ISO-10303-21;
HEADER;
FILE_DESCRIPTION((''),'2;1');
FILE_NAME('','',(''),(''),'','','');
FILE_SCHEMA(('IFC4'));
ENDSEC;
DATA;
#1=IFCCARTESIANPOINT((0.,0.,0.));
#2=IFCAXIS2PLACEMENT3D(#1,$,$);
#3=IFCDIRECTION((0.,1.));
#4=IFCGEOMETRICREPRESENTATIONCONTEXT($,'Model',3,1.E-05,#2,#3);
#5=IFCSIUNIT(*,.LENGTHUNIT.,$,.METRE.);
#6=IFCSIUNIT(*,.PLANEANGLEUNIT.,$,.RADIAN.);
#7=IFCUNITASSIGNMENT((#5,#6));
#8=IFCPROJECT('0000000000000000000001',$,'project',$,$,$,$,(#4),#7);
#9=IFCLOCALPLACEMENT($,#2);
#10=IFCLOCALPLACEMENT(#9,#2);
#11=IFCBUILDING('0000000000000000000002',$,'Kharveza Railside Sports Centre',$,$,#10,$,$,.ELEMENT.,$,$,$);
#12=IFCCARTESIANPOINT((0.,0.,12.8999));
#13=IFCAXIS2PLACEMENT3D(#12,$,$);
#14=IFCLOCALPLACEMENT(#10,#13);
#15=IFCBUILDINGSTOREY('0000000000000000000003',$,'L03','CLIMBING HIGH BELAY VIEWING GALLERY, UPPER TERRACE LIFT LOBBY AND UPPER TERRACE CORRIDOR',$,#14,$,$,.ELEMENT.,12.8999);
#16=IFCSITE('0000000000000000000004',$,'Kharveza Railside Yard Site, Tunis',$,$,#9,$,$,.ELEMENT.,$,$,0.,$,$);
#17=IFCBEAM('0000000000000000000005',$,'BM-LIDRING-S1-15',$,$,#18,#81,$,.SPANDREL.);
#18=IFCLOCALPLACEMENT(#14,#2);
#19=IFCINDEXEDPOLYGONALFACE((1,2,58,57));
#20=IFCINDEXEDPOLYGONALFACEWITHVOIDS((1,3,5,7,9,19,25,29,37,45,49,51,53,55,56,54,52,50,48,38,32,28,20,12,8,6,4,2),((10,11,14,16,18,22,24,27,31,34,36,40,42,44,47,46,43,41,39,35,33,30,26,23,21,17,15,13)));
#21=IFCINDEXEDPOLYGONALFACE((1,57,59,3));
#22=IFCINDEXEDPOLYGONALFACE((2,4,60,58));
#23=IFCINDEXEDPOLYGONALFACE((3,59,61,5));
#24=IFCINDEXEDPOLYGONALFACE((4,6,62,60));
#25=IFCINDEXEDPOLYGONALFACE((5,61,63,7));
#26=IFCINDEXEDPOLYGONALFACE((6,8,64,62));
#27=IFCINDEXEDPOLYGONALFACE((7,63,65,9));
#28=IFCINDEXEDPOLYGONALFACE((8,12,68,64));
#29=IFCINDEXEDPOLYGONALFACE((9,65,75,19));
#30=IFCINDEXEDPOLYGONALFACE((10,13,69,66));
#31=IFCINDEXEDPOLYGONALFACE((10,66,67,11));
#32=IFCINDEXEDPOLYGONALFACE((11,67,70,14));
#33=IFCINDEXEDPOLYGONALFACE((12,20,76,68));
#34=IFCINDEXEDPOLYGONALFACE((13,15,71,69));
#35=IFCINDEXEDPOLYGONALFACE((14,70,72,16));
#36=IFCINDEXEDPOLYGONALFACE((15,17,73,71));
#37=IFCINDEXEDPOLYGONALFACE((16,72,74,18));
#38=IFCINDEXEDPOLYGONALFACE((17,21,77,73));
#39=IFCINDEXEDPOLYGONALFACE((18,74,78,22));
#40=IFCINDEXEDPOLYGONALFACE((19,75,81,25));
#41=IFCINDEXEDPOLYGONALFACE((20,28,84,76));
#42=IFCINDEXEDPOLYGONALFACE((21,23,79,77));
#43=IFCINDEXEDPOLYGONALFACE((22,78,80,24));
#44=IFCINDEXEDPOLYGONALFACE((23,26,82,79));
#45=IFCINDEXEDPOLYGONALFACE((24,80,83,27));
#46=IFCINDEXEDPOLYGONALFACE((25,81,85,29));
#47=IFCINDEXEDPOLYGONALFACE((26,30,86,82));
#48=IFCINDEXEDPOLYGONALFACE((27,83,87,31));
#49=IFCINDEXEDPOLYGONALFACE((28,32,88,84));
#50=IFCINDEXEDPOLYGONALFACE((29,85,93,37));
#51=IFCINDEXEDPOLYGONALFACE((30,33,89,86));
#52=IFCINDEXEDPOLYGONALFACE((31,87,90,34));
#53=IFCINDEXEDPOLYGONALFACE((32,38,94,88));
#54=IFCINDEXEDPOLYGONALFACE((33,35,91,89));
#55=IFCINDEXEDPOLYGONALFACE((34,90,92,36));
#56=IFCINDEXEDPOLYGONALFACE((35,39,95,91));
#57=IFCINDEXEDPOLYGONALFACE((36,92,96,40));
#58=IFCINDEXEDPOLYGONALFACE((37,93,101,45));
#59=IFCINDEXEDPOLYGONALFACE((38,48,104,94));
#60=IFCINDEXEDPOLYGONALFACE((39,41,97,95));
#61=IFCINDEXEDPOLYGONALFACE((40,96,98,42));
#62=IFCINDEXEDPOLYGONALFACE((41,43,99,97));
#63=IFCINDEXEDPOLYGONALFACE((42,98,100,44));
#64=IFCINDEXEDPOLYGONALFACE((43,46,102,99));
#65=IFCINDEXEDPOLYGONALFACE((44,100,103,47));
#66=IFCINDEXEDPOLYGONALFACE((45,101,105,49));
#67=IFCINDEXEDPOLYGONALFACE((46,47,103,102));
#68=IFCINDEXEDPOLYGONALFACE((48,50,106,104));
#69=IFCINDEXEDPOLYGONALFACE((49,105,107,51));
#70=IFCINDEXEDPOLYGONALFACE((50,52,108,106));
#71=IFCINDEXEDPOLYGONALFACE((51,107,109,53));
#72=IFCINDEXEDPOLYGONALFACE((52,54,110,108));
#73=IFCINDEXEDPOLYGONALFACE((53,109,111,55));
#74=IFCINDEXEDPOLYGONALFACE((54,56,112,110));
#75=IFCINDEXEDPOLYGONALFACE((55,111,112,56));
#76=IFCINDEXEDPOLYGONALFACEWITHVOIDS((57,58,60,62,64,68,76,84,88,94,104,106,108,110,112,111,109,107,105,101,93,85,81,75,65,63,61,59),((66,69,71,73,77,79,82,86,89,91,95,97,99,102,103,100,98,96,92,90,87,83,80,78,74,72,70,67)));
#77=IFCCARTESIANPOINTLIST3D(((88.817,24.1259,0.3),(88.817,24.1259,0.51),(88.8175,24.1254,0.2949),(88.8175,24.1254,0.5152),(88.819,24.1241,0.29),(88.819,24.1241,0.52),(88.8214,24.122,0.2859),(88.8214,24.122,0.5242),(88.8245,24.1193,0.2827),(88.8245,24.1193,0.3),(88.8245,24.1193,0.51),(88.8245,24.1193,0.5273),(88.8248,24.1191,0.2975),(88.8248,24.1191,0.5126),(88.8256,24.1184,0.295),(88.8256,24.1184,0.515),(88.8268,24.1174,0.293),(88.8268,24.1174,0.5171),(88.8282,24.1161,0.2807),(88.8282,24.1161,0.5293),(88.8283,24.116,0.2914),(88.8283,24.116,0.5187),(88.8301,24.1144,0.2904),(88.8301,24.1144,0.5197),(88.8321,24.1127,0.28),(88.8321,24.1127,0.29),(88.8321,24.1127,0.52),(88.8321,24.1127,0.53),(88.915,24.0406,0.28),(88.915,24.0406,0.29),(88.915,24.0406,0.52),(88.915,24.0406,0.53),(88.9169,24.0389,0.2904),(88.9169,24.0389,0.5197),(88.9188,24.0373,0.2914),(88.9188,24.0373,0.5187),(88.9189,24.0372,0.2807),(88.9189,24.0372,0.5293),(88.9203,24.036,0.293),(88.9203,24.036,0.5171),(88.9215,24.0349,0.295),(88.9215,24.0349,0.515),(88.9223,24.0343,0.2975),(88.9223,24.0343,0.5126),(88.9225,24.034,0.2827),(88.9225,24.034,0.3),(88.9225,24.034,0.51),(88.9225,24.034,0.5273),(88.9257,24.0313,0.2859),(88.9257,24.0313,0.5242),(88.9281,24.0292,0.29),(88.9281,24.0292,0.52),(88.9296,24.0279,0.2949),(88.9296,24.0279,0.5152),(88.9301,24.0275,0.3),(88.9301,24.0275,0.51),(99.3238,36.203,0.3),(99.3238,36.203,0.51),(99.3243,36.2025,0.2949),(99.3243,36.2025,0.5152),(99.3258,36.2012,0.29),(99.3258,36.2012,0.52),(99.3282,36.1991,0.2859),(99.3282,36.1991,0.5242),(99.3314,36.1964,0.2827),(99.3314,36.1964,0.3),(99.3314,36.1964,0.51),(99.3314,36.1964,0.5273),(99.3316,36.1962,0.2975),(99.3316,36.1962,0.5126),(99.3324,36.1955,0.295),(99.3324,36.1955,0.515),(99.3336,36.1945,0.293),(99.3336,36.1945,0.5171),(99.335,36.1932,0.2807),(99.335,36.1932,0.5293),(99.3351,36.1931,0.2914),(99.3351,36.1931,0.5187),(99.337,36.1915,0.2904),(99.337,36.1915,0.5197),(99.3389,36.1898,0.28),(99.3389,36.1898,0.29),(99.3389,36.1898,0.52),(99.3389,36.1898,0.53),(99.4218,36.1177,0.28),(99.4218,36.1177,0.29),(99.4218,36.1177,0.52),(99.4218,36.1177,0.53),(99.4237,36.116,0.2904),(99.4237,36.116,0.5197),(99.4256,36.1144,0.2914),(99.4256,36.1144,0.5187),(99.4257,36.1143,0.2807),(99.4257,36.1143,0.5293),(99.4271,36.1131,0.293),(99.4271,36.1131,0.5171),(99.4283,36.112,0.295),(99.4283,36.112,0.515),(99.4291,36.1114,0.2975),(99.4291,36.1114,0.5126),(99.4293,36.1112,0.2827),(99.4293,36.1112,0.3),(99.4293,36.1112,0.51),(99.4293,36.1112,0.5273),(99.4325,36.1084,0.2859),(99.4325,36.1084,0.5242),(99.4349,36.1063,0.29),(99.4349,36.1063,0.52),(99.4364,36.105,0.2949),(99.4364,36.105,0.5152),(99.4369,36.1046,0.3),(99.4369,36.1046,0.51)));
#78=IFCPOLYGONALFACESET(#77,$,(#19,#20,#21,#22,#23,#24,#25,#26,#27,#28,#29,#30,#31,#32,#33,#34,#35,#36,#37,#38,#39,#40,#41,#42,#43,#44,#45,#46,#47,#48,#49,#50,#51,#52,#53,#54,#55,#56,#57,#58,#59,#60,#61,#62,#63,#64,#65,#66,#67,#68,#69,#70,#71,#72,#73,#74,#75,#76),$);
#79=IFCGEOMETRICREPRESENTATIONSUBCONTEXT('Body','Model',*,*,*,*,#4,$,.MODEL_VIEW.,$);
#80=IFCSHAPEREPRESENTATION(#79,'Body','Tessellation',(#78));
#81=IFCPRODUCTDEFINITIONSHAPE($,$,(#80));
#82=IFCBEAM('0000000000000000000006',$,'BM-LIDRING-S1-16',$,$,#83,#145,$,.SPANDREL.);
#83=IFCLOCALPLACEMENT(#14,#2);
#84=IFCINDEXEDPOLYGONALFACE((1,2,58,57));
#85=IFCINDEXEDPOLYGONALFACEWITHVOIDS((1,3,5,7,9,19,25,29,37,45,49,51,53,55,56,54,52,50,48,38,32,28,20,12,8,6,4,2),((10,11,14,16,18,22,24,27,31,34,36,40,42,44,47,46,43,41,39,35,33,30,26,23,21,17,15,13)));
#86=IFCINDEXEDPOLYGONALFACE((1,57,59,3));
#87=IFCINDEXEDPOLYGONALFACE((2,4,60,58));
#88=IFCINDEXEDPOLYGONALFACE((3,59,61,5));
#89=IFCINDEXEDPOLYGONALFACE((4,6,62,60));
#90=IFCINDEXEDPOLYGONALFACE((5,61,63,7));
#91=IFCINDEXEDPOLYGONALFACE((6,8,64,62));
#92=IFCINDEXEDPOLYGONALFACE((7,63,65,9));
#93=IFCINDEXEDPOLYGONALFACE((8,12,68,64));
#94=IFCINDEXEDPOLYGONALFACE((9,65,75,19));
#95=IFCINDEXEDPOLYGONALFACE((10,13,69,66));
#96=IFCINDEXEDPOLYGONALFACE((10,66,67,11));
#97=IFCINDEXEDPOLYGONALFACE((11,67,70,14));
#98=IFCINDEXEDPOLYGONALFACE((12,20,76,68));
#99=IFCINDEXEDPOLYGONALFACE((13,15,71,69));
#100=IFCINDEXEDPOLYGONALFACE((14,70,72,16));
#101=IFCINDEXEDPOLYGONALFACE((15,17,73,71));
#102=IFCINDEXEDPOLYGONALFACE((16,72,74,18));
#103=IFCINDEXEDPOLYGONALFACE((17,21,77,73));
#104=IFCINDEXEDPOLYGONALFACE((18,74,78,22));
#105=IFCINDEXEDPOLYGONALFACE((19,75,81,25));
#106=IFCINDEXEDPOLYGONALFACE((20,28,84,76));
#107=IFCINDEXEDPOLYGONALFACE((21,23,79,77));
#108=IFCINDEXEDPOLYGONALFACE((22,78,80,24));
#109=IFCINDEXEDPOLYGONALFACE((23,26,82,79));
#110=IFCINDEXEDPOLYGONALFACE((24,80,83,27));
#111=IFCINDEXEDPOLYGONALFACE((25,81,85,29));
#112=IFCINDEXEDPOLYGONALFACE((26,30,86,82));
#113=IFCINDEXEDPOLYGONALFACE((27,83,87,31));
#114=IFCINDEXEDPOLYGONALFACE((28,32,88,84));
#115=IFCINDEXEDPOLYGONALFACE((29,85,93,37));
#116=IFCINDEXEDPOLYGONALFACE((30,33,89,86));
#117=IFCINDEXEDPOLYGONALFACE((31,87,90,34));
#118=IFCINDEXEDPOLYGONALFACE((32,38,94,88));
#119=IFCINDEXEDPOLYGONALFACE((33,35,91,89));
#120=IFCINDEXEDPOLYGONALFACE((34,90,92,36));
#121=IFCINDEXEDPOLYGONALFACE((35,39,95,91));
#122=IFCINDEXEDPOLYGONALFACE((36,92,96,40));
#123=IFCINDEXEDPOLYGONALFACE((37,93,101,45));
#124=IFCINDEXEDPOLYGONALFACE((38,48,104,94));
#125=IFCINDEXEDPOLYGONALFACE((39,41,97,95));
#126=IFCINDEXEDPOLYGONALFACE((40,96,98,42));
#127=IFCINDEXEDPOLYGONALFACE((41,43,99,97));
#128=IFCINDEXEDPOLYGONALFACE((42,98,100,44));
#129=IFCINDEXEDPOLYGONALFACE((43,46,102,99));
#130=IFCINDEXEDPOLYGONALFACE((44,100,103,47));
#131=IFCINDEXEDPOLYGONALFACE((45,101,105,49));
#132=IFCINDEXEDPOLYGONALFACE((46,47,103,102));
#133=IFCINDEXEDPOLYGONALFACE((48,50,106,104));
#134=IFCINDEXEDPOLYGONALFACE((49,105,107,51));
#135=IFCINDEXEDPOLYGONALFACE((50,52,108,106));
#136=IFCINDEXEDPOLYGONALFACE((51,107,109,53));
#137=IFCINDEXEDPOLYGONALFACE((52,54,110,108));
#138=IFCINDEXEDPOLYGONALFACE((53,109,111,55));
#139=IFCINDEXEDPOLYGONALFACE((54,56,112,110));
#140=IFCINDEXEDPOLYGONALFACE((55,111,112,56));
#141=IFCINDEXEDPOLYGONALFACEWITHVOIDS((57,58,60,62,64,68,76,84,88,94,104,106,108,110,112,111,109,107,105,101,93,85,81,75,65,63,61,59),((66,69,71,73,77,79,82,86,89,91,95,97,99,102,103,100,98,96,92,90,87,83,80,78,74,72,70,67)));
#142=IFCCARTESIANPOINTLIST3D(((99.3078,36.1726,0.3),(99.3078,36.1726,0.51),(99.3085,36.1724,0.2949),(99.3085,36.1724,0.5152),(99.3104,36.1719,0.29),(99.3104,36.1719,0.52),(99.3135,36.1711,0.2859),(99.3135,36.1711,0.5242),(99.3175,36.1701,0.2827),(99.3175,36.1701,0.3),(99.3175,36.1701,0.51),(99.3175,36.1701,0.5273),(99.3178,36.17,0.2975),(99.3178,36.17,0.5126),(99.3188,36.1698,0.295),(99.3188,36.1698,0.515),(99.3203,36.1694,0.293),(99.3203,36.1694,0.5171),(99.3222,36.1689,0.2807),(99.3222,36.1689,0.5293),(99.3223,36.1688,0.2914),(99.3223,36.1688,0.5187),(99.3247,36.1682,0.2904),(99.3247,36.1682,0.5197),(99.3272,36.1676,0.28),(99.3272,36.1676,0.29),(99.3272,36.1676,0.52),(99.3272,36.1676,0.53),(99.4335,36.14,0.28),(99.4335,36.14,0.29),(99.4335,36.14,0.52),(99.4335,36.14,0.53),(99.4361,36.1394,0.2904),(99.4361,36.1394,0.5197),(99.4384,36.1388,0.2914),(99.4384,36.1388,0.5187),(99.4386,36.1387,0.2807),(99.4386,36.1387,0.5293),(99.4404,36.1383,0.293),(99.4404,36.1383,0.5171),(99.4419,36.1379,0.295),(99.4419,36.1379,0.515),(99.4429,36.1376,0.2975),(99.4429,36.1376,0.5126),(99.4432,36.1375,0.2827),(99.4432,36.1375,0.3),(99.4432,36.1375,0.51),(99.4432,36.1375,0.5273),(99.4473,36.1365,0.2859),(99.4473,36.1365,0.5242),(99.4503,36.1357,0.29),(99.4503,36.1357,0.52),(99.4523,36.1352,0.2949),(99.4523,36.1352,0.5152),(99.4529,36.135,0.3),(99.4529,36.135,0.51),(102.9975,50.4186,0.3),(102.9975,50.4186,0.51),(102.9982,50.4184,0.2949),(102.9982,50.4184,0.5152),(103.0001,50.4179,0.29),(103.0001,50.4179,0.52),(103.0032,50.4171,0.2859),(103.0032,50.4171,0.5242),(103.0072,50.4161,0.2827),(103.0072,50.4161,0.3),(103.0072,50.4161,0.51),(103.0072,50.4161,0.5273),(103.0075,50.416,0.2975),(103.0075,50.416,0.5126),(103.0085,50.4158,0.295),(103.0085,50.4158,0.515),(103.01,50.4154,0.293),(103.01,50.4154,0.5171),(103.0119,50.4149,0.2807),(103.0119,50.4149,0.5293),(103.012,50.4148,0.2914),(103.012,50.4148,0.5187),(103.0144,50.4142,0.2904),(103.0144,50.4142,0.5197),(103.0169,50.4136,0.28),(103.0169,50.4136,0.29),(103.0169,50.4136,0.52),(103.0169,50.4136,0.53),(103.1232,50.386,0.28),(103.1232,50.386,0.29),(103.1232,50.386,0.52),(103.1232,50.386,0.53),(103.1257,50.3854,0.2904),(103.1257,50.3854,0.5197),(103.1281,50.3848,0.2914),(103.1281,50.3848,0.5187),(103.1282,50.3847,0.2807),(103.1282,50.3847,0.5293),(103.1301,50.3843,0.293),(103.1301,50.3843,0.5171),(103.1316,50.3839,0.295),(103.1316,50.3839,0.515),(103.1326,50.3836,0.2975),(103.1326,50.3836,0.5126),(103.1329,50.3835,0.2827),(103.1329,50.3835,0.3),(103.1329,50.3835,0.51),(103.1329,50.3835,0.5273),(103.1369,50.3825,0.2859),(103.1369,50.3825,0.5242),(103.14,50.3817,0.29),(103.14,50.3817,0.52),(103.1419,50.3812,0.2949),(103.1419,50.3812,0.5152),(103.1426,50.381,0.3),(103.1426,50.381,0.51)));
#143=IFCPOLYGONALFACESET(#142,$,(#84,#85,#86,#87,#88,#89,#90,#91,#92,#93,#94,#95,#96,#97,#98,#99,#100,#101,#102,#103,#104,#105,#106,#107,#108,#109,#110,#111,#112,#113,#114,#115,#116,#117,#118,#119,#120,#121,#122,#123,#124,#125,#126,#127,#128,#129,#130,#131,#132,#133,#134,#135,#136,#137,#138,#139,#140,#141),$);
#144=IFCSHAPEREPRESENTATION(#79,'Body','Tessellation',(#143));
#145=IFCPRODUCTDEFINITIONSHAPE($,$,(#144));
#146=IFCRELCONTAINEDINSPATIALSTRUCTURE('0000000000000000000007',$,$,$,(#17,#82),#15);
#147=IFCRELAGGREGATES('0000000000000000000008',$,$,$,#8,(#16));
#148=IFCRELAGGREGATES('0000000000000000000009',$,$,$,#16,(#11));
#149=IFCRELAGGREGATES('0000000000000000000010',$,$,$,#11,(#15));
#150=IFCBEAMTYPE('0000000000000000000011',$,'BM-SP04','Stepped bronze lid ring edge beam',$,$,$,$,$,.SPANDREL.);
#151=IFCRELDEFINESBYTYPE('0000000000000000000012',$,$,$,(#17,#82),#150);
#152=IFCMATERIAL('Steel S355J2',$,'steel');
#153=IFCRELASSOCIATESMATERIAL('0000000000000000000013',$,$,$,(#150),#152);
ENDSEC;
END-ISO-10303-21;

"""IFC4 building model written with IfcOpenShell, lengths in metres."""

from ifc_helpers import new_model, si_unit, direction, frame, origin, origin_2d, place, context, subcontext, project, spatial, hollow_rectangle, extrude, material, material_profile, profile_set, type_object, element, save


model = new_model("IFC4")

# Units and contexts
model_context = context("Model", 3, precision=1e-05, world=origin(), true_north=direction((0.0, 1.0)))
body_context = subcontext(model_context, "Body", "Model", "MODEL_VIEW")
ifc_project = project(units=[si_unit("LENGTHUNIT", "METRE"), si_unit("PLANEANGLEUNIT", "RADIAN")], contexts=[model_context])

# Site, building, storey
site_placement = place(None, origin())
site = spatial("IfcSite", under=ifc_project, at=site_placement, Name="Kharveza Railside Yard Site, Tunis", CompositionType="ELEMENT", RefElevation=0.0)
building_placement = place(site_placement, origin())
building = spatial("IfcBuilding", under=site, at=building_placement, Name="Kharveza Railside Sports Centre", CompositionType="ELEMENT")
storey_placement = place(building_placement, frame((0.0, 0.0, 12.8999)))
storey = spatial("IfcBuildingStorey", under=building, at=storey_placement, Name="L03", Description="CLIMBING HIGH BELAY VIEWING GALLERY, UPPER TERRACE LIFT LOBBY AND UPPER TERRACE CORRIDOR", CompositionType="ELEMENT", Elevation=12.8999)

# Beams
ifc_material_1 = material(Name="Steel S355J2", Category="steel")
ifc_material_profile_1 = material_profile(ifc_material_1, hollow_rectangle(XDim=0.1499, YDim=0.25, WallThickness=0.01, InnerFilletRadius=0.01, OuterFilletRadius=0.02, at=origin_2d()), Name="RHS 150x250x10.0")
ifc_profile_set_1 = profile_set([ifc_material_profile_1], Name="Steel S355J2")
beam_type = type_object("IfcBeamType", Name="BM-SP04", Description="Stepped bronze lid ring edge beam", PredefinedType="SPANDREL", material=ifc_profile_set_1)
beam_1_placement = place(storey_placement, frame((88.8735, 24.0767, 0.405), z_axis=(0.656355, 0.754452, 0.0), x_axis=(-0.754452, 0.656355, 0.0)))
element("IfcBeam", 1, at=beam_1_placement, inside=storey, type_object=beam_type, Name="BM-LIDRING-S1-15", PredefinedType="SPANDREL", context=body_context, shape_type="SweptSolid", body=[
    extrude(hollow_rectangle(XDim=0.1499, YDim=0.25, WallThickness=0.01, InnerFilletRadius=0.01, OuterFilletRadius=0.02, at=origin_2d()), origin(), (0.0, 0.0, 1.0), 16.0078),
])
beam_2_placement = place(storey_placement, frame((99.3804, 36.1538, 0.405), z_axis=(0.250724, 0.968059, 0.0), x_axis=(-0.968059, 0.250724, 0.0)))
element("IfcBeam", 2, at=beam_2_placement, inside=storey, type_object=beam_type, Name="BM-LIDRING-S1-16", PredefinedType="SPANDREL", context=body_context, shape_type="SweptSolid", body=[
    extrude(hollow_rectangle(XDim=0.1499, YDim=0.25, WallThickness=0.01, InnerFilletRadius=0.01, OuterFilletRadius=0.02, at=origin_2d()), origin(), (0.0, 0.0, 1.0), 14.7161),
])

save(model, "model.ifc")
